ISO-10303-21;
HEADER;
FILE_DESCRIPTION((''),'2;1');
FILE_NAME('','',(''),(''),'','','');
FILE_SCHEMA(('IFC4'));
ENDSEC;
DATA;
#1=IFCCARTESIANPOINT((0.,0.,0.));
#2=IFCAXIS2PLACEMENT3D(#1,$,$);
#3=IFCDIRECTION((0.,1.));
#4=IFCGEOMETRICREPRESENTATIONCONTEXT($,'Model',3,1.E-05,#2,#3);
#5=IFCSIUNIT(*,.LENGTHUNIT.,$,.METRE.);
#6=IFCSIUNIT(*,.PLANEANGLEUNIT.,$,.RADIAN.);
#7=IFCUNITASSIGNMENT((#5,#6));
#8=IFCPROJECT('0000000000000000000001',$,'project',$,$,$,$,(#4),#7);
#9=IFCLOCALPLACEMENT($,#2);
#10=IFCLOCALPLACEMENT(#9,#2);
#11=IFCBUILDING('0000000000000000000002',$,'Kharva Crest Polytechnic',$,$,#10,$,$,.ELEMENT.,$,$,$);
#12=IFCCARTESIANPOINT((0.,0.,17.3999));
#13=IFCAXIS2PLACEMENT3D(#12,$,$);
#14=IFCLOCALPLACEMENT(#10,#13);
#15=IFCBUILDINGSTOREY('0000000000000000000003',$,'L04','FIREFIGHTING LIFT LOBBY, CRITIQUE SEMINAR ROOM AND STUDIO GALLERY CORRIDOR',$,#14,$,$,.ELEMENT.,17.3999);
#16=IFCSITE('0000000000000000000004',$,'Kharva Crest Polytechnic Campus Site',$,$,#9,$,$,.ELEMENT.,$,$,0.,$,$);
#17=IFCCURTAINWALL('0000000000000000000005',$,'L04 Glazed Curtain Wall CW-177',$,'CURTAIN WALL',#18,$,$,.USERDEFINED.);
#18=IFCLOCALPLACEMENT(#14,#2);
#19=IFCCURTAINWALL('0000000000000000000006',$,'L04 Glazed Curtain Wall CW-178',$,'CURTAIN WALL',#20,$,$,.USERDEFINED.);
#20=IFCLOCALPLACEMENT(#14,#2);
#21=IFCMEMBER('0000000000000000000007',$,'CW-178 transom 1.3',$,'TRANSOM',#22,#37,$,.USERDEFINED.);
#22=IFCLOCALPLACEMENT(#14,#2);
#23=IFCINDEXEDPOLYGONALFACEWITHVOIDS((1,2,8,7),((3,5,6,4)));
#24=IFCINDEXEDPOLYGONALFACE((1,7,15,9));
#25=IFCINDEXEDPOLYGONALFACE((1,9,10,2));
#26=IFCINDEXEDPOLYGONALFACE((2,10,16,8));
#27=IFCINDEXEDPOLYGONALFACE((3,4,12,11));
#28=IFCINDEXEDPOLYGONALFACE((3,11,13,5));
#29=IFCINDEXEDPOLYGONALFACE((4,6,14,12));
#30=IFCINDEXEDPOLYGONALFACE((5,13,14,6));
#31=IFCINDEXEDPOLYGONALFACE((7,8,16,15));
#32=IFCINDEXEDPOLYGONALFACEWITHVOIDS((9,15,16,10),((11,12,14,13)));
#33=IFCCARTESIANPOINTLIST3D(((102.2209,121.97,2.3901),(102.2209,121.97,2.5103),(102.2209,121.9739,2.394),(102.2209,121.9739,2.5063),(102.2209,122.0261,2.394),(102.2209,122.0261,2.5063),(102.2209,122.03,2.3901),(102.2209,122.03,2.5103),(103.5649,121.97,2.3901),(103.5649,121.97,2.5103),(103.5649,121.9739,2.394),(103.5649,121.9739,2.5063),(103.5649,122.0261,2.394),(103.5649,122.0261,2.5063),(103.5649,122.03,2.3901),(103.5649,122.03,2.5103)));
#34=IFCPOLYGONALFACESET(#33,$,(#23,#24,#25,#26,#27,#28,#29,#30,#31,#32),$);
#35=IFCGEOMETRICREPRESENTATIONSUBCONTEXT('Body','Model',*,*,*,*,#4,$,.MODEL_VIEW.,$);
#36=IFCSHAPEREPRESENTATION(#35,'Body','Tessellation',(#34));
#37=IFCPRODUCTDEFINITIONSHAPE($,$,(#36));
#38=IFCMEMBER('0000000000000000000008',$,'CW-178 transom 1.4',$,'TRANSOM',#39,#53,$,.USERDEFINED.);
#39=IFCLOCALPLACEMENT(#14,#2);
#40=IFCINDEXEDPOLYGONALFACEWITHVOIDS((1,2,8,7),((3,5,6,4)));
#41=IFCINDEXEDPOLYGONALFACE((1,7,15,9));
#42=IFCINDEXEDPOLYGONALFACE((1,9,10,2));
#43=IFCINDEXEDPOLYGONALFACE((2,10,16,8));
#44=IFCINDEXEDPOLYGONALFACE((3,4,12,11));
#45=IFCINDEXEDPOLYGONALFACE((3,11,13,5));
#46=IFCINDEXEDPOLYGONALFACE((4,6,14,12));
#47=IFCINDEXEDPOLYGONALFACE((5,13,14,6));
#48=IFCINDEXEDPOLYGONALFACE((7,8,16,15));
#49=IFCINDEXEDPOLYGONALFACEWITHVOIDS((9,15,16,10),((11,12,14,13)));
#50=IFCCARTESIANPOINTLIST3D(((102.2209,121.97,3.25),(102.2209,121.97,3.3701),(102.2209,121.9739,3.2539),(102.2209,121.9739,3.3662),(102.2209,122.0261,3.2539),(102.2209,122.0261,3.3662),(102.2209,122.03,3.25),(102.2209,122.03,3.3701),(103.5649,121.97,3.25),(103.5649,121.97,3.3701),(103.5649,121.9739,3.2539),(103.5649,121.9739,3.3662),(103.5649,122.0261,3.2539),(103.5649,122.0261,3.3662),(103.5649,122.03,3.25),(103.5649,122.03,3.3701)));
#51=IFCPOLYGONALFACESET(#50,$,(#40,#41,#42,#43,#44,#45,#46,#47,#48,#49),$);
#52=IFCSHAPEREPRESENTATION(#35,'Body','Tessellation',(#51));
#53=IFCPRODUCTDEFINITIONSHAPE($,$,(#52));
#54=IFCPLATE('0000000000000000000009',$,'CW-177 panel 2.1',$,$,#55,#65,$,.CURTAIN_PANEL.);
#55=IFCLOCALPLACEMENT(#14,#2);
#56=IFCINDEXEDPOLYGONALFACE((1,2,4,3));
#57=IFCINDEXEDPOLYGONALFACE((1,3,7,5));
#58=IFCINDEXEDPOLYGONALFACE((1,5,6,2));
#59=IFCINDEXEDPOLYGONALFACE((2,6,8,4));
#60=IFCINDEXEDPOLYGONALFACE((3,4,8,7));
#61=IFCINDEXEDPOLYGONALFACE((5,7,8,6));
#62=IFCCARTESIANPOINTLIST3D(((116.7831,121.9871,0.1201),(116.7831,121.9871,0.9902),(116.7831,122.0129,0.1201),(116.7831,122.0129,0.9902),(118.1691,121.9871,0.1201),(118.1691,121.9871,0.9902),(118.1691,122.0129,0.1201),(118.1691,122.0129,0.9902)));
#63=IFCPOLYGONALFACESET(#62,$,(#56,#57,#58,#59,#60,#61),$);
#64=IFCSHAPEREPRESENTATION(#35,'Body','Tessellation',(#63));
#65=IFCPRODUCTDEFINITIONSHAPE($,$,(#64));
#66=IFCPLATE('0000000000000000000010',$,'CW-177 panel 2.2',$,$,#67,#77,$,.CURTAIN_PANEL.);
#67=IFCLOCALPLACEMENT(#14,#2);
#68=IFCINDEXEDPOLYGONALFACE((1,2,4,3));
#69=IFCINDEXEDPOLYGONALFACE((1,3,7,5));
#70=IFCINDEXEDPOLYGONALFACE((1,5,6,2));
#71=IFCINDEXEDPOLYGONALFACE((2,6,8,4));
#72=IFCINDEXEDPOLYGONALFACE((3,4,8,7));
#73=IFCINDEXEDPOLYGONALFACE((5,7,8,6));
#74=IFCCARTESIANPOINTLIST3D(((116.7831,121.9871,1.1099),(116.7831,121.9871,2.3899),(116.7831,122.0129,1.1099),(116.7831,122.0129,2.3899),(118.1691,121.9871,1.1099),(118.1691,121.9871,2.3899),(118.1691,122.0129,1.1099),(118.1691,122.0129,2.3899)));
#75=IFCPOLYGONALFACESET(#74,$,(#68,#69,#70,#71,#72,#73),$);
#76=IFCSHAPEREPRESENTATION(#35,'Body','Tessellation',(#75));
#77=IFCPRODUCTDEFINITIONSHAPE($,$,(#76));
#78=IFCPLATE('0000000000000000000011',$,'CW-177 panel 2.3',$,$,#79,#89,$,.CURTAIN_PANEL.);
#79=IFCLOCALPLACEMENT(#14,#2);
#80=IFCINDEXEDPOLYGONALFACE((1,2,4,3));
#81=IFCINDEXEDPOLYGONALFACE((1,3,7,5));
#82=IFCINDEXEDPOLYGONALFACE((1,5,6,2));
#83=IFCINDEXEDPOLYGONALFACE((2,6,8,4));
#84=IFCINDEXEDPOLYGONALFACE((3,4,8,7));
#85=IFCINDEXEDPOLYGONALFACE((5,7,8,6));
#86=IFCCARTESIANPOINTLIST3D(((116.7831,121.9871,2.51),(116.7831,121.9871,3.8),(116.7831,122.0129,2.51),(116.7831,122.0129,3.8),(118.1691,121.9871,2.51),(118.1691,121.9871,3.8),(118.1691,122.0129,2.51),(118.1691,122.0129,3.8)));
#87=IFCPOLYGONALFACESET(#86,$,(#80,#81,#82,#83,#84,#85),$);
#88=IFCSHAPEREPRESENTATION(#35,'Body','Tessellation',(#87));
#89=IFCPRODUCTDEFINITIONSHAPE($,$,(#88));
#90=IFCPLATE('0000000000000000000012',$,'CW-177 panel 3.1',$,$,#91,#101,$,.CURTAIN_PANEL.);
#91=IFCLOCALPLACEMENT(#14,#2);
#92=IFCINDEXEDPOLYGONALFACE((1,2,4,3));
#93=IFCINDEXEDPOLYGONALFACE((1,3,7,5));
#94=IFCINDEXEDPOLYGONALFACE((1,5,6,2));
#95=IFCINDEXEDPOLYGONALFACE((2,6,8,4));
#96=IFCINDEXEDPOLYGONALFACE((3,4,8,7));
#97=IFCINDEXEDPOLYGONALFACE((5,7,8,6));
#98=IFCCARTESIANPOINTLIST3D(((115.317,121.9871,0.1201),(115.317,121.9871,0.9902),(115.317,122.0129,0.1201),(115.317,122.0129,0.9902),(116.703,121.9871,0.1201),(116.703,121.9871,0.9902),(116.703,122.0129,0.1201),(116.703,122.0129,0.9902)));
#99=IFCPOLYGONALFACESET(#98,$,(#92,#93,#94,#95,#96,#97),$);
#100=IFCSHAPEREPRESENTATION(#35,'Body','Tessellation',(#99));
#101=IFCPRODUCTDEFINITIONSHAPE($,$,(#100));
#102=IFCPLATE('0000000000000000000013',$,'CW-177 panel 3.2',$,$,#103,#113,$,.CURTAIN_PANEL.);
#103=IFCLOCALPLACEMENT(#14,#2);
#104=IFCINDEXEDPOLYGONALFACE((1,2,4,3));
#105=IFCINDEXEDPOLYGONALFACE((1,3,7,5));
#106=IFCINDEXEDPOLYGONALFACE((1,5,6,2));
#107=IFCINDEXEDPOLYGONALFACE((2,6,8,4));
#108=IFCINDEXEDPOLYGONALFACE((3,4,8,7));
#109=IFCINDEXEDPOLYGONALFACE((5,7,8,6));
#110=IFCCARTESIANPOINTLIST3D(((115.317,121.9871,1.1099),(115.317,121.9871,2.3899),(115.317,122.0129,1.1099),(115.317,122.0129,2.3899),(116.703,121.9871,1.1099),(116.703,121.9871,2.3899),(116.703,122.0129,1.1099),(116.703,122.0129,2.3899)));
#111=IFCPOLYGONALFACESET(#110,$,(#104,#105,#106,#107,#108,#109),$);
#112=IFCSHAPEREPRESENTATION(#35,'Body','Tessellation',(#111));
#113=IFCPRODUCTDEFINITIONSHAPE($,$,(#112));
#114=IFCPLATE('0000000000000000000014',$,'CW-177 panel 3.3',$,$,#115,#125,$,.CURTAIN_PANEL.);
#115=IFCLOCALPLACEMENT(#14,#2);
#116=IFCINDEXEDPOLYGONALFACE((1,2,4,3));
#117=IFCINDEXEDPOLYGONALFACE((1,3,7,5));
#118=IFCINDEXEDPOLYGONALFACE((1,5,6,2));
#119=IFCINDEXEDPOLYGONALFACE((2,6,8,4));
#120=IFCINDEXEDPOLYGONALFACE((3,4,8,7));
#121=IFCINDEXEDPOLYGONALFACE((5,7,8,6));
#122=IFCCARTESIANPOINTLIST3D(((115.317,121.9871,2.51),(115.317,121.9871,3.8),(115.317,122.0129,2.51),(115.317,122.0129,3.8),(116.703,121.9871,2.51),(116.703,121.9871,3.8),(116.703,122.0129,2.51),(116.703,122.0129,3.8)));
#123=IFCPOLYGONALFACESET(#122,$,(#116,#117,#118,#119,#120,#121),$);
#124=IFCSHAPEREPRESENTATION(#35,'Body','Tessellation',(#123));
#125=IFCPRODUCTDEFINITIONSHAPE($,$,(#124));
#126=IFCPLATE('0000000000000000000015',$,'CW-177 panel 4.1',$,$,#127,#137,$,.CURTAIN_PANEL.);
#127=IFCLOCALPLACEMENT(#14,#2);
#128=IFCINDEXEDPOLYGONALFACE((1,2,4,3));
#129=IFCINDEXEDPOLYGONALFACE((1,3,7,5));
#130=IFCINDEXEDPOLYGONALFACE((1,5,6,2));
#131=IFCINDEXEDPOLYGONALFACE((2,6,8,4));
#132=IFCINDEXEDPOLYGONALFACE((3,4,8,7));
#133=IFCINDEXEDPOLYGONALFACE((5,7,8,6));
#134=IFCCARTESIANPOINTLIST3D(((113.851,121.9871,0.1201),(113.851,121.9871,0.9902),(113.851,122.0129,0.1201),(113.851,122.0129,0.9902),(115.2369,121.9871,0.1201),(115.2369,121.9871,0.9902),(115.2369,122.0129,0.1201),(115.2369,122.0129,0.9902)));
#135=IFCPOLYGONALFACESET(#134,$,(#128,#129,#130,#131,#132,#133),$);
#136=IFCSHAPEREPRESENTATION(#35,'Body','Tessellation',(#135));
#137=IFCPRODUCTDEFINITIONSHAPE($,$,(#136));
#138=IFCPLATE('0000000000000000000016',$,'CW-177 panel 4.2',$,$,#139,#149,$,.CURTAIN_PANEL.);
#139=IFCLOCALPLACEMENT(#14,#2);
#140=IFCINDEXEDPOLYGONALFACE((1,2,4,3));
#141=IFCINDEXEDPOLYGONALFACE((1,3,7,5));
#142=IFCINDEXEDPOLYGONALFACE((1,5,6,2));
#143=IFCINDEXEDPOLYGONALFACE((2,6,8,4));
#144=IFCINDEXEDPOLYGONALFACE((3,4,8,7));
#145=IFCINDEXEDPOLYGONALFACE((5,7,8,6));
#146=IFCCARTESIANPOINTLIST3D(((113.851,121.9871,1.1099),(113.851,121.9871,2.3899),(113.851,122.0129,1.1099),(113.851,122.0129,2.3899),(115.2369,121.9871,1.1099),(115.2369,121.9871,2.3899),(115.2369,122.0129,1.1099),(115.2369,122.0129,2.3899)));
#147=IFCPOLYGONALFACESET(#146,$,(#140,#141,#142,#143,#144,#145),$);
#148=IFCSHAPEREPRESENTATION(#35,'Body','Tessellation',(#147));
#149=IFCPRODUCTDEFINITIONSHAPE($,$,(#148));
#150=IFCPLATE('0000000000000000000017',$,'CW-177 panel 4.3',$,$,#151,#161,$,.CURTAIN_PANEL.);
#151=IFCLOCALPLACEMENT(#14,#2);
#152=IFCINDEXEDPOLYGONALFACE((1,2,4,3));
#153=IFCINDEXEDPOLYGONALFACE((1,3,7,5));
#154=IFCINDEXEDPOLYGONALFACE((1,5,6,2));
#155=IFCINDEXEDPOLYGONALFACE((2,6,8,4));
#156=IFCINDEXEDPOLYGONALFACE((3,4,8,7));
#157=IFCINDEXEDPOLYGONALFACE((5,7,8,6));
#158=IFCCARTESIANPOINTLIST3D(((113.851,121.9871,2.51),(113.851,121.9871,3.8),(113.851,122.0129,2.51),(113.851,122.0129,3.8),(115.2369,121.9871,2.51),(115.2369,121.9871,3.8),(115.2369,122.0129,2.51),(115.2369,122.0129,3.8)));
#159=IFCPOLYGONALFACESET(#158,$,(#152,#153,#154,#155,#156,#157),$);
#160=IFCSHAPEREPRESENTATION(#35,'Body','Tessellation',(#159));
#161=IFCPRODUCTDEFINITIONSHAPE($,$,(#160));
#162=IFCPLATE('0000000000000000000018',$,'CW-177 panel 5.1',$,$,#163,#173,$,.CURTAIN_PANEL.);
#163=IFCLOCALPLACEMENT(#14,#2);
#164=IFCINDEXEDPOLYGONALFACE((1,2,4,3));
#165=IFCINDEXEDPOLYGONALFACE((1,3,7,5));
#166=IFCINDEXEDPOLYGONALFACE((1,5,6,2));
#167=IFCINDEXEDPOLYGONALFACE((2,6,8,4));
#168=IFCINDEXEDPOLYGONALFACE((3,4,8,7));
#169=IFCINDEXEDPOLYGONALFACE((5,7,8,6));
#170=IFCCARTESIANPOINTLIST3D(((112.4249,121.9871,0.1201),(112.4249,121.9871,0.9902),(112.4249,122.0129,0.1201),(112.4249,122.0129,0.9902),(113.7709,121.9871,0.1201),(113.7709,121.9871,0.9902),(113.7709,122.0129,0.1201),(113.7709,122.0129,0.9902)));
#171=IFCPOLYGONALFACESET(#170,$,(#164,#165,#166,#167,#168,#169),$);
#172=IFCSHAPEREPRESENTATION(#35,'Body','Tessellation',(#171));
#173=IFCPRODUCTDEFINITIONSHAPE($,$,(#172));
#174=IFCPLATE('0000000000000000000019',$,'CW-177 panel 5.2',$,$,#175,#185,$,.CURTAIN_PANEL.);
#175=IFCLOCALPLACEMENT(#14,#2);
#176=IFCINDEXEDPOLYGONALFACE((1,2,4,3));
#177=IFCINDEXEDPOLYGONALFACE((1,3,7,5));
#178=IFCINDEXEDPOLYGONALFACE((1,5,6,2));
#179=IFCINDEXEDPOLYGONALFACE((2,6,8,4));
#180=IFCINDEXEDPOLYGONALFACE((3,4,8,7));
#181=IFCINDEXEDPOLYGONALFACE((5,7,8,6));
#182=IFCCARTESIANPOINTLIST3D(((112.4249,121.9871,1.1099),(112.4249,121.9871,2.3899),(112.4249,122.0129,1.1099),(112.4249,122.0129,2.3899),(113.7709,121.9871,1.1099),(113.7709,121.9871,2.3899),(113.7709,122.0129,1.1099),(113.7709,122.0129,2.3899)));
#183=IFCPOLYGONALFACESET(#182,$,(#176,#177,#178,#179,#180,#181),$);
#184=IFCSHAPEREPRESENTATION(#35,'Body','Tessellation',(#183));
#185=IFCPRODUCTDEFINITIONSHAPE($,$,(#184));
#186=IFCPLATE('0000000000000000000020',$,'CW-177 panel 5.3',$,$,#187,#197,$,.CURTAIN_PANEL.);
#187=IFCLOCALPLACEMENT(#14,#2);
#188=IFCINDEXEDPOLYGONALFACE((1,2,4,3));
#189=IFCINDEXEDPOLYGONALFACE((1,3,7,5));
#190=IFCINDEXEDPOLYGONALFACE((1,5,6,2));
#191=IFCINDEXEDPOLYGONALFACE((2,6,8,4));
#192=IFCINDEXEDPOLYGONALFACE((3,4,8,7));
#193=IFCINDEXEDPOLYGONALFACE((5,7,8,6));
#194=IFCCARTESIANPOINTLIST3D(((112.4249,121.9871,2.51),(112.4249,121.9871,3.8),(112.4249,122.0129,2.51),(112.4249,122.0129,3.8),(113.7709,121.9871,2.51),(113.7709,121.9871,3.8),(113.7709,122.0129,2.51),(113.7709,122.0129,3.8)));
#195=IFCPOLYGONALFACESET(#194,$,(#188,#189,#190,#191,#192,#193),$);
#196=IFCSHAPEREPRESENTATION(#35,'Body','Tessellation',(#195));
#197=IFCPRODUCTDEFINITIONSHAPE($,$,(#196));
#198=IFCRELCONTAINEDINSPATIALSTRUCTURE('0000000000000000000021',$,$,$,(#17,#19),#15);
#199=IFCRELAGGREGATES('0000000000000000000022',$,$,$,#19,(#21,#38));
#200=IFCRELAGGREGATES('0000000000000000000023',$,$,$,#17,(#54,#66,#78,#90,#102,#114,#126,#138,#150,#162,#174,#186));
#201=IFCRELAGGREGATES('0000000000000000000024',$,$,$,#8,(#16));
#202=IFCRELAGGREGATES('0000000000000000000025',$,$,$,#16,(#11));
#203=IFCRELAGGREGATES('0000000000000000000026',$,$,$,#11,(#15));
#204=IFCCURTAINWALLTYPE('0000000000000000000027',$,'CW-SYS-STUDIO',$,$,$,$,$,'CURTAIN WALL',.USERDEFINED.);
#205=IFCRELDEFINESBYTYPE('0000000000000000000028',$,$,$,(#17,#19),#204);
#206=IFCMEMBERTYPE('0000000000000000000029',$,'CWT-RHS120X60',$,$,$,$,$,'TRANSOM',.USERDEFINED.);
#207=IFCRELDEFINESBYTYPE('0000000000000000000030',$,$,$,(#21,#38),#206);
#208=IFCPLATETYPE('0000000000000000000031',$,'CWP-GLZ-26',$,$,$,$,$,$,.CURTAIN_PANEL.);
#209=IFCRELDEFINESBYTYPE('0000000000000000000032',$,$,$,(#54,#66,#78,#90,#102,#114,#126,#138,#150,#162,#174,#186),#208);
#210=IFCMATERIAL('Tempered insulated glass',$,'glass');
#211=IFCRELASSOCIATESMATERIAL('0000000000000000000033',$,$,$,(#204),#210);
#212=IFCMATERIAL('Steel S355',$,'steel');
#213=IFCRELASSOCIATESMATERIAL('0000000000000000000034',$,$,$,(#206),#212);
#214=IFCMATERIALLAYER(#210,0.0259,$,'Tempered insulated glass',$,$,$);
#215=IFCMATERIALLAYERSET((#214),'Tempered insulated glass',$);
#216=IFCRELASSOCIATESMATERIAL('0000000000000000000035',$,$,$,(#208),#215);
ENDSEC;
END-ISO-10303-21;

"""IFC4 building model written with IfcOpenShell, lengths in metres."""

from ifc_helpers import new_model, si_unit, direction, frame, origin, origin_2d, place, context, subcontext, project, spatial, rectangle, hollow_rectangle, extrude, material, layer, layer_set, material_profile, profile_set, type_object, element, aggregate, save


model = new_model("IFC4")

# Units and contexts
model_context = context("Model", 3, precision=1e-05, world=origin(), true_north=direction((0.0, 1.0)))
body_context = subcontext(model_context, "Body", "Model", "MODEL_VIEW")
ifc_project = project(units=[si_unit("LENGTHUNIT", "METRE"), si_unit("PLANEANGLEUNIT", "RADIAN")], contexts=[model_context])

# Site, building, storey
site_placement = place(None, origin())
site = spatial("IfcSite", under=ifc_project, at=site_placement, Name="Kharva Crest Polytechnic Campus Site", CompositionType="ELEMENT", RefElevation=0.0)
building_placement = place(site_placement, origin())
building = spatial("IfcBuilding", under=site, at=building_placement, Name="Kharva Crest Polytechnic", CompositionType="ELEMENT")
storey_placement = place(building_placement, frame((0.0, 0.0, 17.3999)))
storey = spatial("IfcBuildingStorey", under=building, at=storey_placement, Name="L04", Description="FIREFIGHTING LIFT LOBBY, CRITIQUE SEMINAR ROOM AND STUDIO GALLERY CORRIDOR", CompositionType="ELEMENT", Elevation=17.3999)

# Curtain wall
ifc_material_1 = material(Name="Tempered insulated glass", Category="glass")
curtain_wall_type = type_object("IfcCurtainWallType", Name="CW-SYS-STUDIO", ElementType="CURTAIN WALL", PredefinedType="USERDEFINED", material=ifc_material_1)
curtain_wall_1_placement = place(storey_placement, origin())
curtain_wall_1 = element("IfcCurtainWall", 1, at=curtain_wall_1_placement, inside=storey, type_object=curtain_wall_type, Name="L04 Glazed Curtain Wall CW-177", ObjectType="CURTAIN WALL", PredefinedType="USERDEFINED")
ifc_material_2 = material(Name="Steel S355", Category="steel")

# Curtain wall
curtain_wall_2_placement = place(storey_placement, origin())
curtain_wall_2 = element("IfcCurtainWall", 2, at=curtain_wall_2_placement, inside=storey, type_object=curtain_wall_type, Name="L04 Glazed Curtain Wall CW-178", ObjectType="CURTAIN WALL", PredefinedType="USERDEFINED")

# Members
ifc_material_profile_1 = material_profile(ifc_material_2, hollow_rectangle(XDim=0.0601, YDim=0.1201, WallThickness=0.0039, at=origin_2d()), Name="RHS 120X60X4.0")
ifc_profile_set_1 = profile_set([ifc_material_profile_1], Name="Steel S355")
member_type_1 = type_object("IfcMemberType", Name="CWT-RHS120X60", ElementType="TRANSOM", PredefinedType="USERDEFINED", material=ifc_profile_set_1)
member_1_placement = place(storey_placement, frame((103.5649, 122.0, 2.4502), z_axis=(-1.0, 0.0, 0.0), x_axis=(0.0, -1.0, 0.0)))
member_1 = element("IfcMember", 3, at=member_1_placement, type_object=member_type_1, Name="CW-178 transom 1.3", ObjectType="TRANSOM", PredefinedType="USERDEFINED", context=body_context, shape_type="SweptSolid", body=[
    extrude(hollow_rectangle(XDim=0.0601, YDim=0.1201, WallThickness=0.0039, at=origin_2d()), origin(), (0.0, 0.0, 1.0), 1.344),
])
member_2_placement = place(storey_placement, frame((103.5649, 122.0, 3.3101), z_axis=(-1.0, 0.0, 0.0), x_axis=(0.0, -1.0, 0.0)))
member_2 = element("IfcMember", 4, at=member_2_placement, type_object=member_type_1, Name="CW-178 transom 1.4", ObjectType="TRANSOM", PredefinedType="USERDEFINED", context=body_context, shape_type="SweptSolid", body=[
    extrude(hollow_rectangle(XDim=0.0601, YDim=0.1201, WallThickness=0.0039, at=origin_2d()), origin(), (0.0, 0.0, 1.0), 1.344),
])
aggregate(curtain_wall_2, [member_1, member_2])

# Plates
ifc_layer_1 = layer(ifc_material_1, 0.0259, Name="Tempered insulated glass")
ifc_layer_set_1 = layer_set([ifc_layer_1], Name="Tempered insulated glass")
plate_type = type_object("IfcPlateType", Name="CWP-GLZ-26", PredefinedType="CURTAIN_PANEL", material=ifc_layer_set_1)
plate_1_placement = place(storey_placement, frame((117.4761, 122.0, 0.1201), z_axis=(0.0, 0.0, 1.0), x_axis=(-1.0, 0.0, 0.0)))
plate_1 = element("IfcPlate", 5, at=plate_1_placement, type_object=plate_type, Name="CW-177 panel 2.1", PredefinedType="CURTAIN_PANEL", context=body_context, shape_type="SweptSolid", body=[
    extrude(rectangle(XDim=1.386, YDim=0.0259, at=origin_2d()), origin(), (0.0, 0.0, 1.0), 0.8701),
])
plate_2_placement = place(storey_placement, frame((117.4761, 122.0, 1.1099), z_axis=(0.0, 0.0, 1.0), x_axis=(-1.0, 0.0, 0.0)))
plate_2 = element("IfcPlate", 6, at=plate_2_placement, type_object=plate_type, Name="CW-177 panel 2.2", PredefinedType="CURTAIN_PANEL", context=body_context, shape_type="SweptSolid", body=[
    extrude(rectangle(XDim=1.386, YDim=0.0259, at=origin_2d()), origin(), (0.0, 0.0, 1.0), 1.28),
])
plate_3_placement = place(storey_placement, frame((117.4761, 122.0, 2.51), z_axis=(0.0, 0.0, 1.0), x_axis=(-1.0, 0.0, 0.0)))
plate_3 = element("IfcPlate", 7, at=plate_3_placement, type_object=plate_type, Name="CW-177 panel 2.3", PredefinedType="CURTAIN_PANEL", context=body_context, shape_type="SweptSolid", body=[
    extrude(rectangle(XDim=1.386, YDim=0.0259, at=origin_2d()), origin(), (0.0, 0.0, 1.0), 1.29),
])
plate_4_placement = place(storey_placement, frame((116.01, 122.0, 0.1201), z_axis=(0.0, 0.0, 1.0), x_axis=(-1.0, 0.0, 0.0)))
plate_4 = element("IfcPlate", 8, at=plate_4_placement, type_object=plate_type, Name="CW-177 panel 3.1", PredefinedType="CURTAIN_PANEL", context=body_context, shape_type="SweptSolid", body=[
    extrude(rectangle(XDim=1.386, YDim=0.0259, at=origin_2d()), origin(), (0.0, 0.0, 1.0), 0.8701),
])
plate_5_placement = place(storey_placement, frame((116.01, 122.0, 1.1099), z_axis=(0.0, 0.0, 1.0), x_axis=(-1.0, 0.0, 0.0)))
plate_5 = element("IfcPlate", 9, at=plate_5_placement, type_object=plate_type, Name="CW-177 panel 3.2", PredefinedType="CURTAIN_PANEL", context=body_context, shape_type="SweptSolid", body=[
    extrude(rectangle(XDim=1.386, YDim=0.0259, at=origin_2d()), origin(), (0.0, 0.0, 1.0), 1.28),
])
plate_6_placement = place(storey_placement, frame((116.01, 122.0, 2.51), z_axis=(0.0, 0.0, 1.0), x_axis=(-1.0, 0.0, 0.0)))
plate_6 = element("IfcPlate", 10, at=plate_6_placement, type_object=plate_type, Name="CW-177 panel 3.3", PredefinedType="CURTAIN_PANEL", context=body_context, shape_type="SweptSolid", body=[
    extrude(rectangle(XDim=1.386, YDim=0.0259, at=origin_2d()), origin(), (0.0, 0.0, 1.0), 1.29),
])
plate_7_placement = place(storey_placement, frame((114.5439, 122.0, 0.1201), z_axis=(0.0, 0.0, 1.0), x_axis=(-1.0, 0.0, 0.0)))
plate_7 = element("IfcPlate", 11, at=plate_7_placement, type_object=plate_type, Name="CW-177 panel 4.1", PredefinedType="CURTAIN_PANEL", context=body_context, shape_type="SweptSolid", body=[
    extrude(rectangle(XDim=1.386, YDim=0.0259, at=origin_2d()), origin(), (0.0, 0.0, 1.0), 0.8701),
])
plate_8_placement = place(storey_placement, frame((114.5439, 122.0, 1.1099), z_axis=(0.0, 0.0, 1.0), x_axis=(-1.0, 0.0, 0.0)))
plate_8 = element("IfcPlate", 12, at=plate_8_placement, type_object=plate_type, Name="CW-177 panel 4.2", PredefinedType="CURTAIN_PANEL", context=body_context, shape_type="SweptSolid", body=[
    extrude(rectangle(XDim=1.386, YDim=0.0259, at=origin_2d()), origin(), (0.0, 0.0, 1.0), 1.28),
])
plate_9_placement = place(storey_placement, frame((114.5439, 122.0, 2.51), z_axis=(0.0, 0.0, 1.0), x_axis=(-1.0, 0.0, 0.0)))
plate_9 = element("IfcPlate", 13, at=plate_9_placement, type_object=plate_type, Name="CW-177 panel 4.3", PredefinedType="CURTAIN_PANEL", context=body_context, shape_type="SweptSolid", body=[
    extrude(rectangle(XDim=1.386, YDim=0.0259, at=origin_2d()), origin(), (0.0, 0.0, 1.0), 1.29),
])
plate_10_placement = place(storey_placement, frame((113.0979, 122.0, 0.1201), z_axis=(0.0, 0.0, 1.0), x_axis=(-1.0, 0.0, 0.0)))
plate_10 = element("IfcPlate", 14, at=plate_10_placement, type_object=plate_type, Name="CW-177 panel 5.1", PredefinedType="CURTAIN_PANEL", context=body_context, shape_type="SweptSolid", body=[
    extrude(rectangle(XDim=1.3459, YDim=0.0259, at=origin_2d()), origin(), (0.0, 0.0, 1.0), 0.8701),
])
plate_11_placement = place(storey_placement, frame((113.0979, 122.0, 1.1099), z_axis=(0.0, 0.0, 1.0), x_axis=(-1.0, 0.0, 0.0)))
plate_11 = element("IfcPlate", 15, at=plate_11_placement, type_object=plate_type, Name="CW-177 panel 5.2", PredefinedType="CURTAIN_PANEL", context=body_context, shape_type="SweptSolid", body=[
    extrude(rectangle(XDim=1.3459, YDim=0.0259, at=origin_2d()), origin(), (0.0, 0.0, 1.0), 1.28),
])
plate_12_placement = place(storey_placement, frame((113.0979, 122.0, 2.51), z_axis=(0.0, 0.0, 1.0), x_axis=(-1.0, 0.0, 0.0)))
plate_12 = element("IfcPlate", 16, at=plate_12_placement, type_object=plate_type, Name="CW-177 panel 5.3", PredefinedType="CURTAIN_PANEL", context=body_context, shape_type="SweptSolid", body=[
    extrude(rectangle(XDim=1.3459, YDim=0.0259, at=origin_2d()), origin(), (0.0, 0.0, 1.0), 1.29),
])
aggregate(curtain_wall_1, [plate_1, plate_2, plate_3, plate_4, plate_5, plate_6, plate_7, plate_8, plate_9, plate_10, plate_11, plate_12])

save(model, "model.ifc")
